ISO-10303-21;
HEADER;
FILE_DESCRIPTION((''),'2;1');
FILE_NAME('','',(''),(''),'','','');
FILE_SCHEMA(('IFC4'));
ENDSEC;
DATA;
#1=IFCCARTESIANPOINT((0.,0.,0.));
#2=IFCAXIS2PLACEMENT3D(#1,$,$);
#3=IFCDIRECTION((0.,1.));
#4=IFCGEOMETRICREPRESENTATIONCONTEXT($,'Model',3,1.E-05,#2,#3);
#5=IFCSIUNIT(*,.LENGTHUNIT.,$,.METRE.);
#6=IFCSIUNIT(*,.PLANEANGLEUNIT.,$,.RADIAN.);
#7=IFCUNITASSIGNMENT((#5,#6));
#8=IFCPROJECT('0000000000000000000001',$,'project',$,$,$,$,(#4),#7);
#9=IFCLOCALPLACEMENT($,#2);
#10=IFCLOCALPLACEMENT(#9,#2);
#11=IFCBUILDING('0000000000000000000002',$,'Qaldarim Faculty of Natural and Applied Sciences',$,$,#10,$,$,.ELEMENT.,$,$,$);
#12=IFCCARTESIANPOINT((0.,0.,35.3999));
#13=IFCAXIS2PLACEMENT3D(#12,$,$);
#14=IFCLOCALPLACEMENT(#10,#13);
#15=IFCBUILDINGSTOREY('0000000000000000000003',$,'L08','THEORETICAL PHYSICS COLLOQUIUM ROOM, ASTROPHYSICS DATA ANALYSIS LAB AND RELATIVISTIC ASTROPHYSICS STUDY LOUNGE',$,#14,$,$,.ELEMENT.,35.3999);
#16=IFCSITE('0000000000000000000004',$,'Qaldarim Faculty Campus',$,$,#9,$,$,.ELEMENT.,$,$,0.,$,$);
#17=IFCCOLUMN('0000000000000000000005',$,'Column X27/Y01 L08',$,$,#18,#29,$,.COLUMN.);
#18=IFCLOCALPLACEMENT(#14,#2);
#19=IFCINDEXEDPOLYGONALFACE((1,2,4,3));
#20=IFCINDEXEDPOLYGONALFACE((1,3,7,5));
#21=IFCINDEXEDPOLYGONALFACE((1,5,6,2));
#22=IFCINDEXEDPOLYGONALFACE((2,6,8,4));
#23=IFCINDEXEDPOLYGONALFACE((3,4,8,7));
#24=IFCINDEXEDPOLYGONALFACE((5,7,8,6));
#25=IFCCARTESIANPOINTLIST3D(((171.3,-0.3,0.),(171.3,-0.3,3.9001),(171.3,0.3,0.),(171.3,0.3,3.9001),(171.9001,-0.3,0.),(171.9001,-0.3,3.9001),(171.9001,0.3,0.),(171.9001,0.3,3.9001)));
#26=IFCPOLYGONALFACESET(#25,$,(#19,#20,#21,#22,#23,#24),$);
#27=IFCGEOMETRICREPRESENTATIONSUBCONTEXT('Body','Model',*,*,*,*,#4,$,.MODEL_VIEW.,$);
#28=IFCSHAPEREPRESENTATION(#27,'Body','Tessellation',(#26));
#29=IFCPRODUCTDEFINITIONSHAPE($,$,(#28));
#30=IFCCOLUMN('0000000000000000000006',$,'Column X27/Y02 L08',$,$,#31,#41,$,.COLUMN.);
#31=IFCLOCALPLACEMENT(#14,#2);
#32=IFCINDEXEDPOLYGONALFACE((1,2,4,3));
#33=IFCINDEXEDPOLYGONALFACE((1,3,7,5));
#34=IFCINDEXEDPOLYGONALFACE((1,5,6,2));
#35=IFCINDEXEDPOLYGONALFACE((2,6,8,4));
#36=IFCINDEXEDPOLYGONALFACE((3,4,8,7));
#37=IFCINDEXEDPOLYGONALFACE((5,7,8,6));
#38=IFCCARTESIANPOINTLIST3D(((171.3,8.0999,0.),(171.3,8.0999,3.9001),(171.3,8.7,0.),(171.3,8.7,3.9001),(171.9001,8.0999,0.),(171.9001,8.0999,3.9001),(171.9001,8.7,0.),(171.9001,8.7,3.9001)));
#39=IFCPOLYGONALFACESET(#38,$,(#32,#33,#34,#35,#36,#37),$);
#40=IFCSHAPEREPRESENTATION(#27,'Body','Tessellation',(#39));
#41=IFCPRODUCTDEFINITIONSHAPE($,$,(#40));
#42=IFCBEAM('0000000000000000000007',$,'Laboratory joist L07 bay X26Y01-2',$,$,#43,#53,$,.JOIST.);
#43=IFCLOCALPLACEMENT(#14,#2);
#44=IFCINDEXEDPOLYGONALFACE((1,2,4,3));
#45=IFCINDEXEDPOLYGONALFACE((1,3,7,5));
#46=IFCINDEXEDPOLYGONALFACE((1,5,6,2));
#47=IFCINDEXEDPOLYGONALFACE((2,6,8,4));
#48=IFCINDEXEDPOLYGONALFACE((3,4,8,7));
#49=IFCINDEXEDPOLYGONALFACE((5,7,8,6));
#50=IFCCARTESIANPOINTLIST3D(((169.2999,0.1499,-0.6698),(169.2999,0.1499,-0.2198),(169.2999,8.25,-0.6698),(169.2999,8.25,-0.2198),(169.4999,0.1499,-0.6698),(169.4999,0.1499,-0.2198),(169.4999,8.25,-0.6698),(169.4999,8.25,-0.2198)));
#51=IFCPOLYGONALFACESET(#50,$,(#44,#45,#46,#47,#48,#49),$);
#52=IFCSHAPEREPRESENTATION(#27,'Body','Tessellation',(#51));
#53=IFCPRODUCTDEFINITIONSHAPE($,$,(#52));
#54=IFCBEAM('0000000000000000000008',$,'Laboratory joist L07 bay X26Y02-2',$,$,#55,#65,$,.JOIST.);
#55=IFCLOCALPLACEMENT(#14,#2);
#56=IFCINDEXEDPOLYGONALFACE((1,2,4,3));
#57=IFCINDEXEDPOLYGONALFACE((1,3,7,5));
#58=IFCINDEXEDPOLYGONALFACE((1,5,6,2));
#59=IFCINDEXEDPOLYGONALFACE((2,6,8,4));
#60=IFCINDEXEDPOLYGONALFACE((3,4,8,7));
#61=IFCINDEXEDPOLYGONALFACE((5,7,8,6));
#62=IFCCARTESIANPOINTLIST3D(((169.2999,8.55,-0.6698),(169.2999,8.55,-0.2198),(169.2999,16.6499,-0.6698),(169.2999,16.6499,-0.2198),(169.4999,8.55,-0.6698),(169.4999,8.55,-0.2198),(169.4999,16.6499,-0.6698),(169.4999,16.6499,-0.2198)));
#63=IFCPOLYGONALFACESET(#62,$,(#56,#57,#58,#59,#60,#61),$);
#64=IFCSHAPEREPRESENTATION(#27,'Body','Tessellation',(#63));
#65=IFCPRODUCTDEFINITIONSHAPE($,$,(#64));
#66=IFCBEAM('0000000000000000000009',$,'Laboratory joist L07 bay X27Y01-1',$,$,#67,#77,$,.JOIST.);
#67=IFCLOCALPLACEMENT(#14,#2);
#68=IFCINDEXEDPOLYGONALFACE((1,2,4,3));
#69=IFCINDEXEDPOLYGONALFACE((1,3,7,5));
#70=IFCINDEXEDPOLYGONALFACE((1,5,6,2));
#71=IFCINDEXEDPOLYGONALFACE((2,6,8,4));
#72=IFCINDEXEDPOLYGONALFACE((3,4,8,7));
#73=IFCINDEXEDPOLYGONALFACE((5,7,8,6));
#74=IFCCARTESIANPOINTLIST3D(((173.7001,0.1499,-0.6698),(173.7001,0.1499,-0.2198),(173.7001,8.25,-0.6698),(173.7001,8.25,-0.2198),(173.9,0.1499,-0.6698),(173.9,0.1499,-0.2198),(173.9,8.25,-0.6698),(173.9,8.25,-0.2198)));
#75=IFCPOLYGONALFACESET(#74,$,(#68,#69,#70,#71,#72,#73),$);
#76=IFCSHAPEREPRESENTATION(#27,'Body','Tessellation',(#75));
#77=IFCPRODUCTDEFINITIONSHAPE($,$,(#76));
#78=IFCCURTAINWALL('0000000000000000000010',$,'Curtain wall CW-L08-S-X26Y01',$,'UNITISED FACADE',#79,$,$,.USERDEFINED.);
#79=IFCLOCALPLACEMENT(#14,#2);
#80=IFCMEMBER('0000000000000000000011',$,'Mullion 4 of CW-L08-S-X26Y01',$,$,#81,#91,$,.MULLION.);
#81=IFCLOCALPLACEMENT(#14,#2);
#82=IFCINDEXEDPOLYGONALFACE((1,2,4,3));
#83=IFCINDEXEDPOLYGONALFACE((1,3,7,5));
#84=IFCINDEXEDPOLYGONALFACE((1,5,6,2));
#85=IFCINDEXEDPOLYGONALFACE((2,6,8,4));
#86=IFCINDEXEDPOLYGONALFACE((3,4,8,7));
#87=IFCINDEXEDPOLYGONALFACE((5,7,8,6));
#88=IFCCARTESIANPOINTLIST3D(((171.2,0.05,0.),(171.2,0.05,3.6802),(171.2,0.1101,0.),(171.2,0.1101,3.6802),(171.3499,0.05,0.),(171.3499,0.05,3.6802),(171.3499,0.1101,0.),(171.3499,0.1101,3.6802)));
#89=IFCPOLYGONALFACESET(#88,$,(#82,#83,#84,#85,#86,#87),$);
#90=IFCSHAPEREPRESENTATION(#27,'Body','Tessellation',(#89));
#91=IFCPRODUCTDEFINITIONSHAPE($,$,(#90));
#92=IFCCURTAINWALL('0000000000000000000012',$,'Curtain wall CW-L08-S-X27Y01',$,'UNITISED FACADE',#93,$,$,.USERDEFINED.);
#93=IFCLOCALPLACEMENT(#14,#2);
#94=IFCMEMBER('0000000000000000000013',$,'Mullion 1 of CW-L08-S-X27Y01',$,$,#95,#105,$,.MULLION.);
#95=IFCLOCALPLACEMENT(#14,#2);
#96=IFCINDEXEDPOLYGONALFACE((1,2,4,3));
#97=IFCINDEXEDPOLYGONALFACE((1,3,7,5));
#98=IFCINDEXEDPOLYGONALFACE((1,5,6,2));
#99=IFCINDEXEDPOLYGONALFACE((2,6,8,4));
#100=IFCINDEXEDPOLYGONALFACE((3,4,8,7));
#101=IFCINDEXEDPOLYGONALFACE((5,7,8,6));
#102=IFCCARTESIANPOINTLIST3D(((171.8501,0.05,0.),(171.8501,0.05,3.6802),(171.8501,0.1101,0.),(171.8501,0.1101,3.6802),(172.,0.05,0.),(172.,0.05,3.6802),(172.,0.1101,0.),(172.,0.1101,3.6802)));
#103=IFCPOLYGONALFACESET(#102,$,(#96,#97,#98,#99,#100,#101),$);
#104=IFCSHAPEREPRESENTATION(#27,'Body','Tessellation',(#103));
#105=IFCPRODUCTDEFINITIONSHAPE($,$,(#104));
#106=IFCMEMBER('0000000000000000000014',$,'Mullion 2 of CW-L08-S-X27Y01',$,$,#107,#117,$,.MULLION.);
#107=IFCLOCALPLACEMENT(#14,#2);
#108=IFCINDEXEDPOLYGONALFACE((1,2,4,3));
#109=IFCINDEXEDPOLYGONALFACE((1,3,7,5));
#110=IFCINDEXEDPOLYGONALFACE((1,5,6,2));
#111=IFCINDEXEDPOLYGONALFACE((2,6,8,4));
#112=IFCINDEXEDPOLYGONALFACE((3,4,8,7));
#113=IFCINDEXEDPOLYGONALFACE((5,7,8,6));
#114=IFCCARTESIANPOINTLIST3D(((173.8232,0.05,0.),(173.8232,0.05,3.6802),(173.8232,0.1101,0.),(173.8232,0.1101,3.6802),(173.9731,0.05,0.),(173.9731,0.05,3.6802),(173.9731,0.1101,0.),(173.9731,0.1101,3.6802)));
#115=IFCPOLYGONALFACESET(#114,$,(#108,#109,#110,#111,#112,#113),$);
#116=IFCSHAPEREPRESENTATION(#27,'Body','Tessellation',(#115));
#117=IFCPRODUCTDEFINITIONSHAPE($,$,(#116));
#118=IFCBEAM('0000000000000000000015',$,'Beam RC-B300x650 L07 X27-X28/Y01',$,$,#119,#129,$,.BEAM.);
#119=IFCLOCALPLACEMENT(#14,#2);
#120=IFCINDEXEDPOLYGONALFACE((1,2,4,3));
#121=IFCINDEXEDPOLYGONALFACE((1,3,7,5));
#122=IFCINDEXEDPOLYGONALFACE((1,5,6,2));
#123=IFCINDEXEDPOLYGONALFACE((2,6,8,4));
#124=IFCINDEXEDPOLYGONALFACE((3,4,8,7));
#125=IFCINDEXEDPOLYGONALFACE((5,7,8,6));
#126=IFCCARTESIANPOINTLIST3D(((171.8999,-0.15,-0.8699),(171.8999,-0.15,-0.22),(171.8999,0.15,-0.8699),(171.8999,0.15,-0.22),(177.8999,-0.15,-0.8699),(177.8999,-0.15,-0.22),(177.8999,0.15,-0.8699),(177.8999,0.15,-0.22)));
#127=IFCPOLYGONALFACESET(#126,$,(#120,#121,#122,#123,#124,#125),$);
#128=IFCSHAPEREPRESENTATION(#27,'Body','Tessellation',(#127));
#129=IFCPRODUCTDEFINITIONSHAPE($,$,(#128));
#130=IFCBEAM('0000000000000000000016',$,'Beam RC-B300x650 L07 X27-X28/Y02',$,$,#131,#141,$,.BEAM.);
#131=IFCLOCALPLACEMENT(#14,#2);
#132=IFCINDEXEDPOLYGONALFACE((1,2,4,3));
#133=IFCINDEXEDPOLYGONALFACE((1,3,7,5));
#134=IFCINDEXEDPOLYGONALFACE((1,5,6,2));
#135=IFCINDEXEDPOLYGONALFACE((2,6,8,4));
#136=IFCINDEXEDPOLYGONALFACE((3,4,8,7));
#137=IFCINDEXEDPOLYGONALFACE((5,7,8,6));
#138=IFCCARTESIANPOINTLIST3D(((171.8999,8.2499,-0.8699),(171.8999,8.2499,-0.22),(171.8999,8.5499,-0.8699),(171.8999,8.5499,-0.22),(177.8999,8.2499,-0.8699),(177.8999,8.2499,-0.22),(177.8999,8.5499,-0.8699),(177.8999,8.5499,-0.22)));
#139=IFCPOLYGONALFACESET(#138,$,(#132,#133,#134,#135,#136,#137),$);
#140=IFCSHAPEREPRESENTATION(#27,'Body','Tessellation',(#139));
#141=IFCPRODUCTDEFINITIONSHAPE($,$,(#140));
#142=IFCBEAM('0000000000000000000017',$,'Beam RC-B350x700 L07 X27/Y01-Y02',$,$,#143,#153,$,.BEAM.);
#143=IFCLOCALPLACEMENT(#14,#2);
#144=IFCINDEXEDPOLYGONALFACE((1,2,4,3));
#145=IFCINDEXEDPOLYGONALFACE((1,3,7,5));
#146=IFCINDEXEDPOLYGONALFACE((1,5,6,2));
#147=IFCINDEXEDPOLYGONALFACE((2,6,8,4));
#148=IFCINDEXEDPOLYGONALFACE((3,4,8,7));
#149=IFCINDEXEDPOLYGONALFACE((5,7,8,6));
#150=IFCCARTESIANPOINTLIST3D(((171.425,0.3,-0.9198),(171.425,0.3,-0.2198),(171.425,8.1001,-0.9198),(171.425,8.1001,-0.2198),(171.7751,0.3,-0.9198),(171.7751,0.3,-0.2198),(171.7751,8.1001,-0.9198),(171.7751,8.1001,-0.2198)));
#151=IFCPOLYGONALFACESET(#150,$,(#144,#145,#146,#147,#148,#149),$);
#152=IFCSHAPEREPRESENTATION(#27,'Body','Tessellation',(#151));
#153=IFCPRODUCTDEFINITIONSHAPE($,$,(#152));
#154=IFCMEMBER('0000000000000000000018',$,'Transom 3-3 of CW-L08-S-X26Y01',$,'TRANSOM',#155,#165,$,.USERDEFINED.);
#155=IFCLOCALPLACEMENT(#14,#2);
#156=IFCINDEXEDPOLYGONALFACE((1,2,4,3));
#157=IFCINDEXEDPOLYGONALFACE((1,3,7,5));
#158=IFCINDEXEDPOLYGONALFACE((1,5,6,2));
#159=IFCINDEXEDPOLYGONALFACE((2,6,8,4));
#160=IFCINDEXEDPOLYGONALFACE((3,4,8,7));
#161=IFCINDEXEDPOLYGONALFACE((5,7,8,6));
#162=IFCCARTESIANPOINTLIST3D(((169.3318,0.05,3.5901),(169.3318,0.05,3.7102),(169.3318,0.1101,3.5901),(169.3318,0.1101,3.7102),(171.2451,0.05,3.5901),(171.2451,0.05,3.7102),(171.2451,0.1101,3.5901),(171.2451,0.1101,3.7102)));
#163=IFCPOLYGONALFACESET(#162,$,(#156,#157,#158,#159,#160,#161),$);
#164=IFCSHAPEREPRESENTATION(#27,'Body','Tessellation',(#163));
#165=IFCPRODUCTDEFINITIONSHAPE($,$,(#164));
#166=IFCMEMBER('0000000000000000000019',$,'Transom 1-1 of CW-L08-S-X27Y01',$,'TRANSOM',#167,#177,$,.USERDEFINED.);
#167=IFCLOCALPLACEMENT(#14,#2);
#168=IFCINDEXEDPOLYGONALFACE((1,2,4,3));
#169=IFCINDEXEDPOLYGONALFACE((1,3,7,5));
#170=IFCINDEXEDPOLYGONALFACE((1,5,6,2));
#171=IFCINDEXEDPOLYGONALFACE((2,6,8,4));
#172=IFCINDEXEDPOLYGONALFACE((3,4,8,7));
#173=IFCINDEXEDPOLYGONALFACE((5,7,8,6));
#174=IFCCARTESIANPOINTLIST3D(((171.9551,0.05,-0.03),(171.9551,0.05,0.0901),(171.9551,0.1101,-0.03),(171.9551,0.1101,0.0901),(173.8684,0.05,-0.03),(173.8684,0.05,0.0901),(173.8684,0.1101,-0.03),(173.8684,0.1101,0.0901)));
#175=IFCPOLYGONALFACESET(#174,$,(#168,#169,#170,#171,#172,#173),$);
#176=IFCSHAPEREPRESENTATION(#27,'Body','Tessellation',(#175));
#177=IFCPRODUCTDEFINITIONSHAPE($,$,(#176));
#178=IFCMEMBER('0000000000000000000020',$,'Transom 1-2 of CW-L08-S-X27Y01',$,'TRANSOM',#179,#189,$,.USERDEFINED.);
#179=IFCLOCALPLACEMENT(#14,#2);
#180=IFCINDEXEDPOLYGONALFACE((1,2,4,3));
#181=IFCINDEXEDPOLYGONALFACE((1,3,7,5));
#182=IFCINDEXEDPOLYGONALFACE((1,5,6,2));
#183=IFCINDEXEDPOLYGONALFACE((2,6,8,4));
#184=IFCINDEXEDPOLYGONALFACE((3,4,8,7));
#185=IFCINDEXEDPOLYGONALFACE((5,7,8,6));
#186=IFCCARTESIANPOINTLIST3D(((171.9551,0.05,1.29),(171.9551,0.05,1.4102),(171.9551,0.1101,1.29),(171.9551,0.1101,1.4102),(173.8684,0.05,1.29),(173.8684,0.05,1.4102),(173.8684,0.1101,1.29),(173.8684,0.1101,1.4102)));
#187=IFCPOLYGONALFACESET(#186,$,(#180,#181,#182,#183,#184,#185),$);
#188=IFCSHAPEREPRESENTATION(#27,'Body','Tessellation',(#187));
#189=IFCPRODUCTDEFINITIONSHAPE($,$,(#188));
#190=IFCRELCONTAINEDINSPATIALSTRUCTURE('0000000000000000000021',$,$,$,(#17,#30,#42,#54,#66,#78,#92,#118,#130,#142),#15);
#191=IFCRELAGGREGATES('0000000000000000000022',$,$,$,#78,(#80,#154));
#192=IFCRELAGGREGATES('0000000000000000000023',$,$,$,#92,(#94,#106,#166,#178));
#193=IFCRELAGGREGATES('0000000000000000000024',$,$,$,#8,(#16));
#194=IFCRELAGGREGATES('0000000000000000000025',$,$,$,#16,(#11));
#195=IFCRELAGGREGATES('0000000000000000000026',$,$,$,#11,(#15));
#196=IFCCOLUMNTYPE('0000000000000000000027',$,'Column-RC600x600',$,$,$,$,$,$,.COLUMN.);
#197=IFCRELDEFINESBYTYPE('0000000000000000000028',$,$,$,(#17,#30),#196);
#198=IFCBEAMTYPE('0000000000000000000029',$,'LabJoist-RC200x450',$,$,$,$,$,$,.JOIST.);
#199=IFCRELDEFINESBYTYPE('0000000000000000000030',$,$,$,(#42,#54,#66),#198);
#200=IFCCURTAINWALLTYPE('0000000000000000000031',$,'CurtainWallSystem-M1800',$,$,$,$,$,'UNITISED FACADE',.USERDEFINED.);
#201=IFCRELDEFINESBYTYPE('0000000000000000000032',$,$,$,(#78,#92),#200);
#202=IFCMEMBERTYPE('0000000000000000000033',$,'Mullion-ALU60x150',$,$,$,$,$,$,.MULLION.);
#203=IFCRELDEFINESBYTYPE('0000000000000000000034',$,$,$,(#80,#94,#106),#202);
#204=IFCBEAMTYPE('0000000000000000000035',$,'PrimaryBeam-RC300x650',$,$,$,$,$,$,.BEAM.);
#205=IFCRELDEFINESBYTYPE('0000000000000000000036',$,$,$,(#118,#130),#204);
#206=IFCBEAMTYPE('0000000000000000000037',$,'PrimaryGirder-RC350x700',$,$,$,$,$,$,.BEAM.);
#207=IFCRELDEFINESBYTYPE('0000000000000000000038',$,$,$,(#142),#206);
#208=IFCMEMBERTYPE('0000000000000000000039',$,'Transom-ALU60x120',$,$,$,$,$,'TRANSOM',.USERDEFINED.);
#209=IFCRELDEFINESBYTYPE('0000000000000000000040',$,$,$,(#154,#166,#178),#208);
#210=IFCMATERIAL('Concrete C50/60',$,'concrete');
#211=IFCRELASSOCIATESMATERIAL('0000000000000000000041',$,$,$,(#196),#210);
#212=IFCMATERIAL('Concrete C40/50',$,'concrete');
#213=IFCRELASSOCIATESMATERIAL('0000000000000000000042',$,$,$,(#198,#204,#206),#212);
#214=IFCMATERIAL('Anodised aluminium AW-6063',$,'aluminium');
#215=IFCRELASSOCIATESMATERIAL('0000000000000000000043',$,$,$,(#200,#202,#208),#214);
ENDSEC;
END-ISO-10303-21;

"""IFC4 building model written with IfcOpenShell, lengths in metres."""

from ifc_helpers import new_model, si_unit, direction, frame, origin, origin_2d, place, context, subcontext, project, spatial, rectangle, extrude, material, material_profile, profile_set, type_object, element, aggregate, save


model = new_model("IFC4")

# Units and contexts
model_context = context("Model", 3, precision=1e-05, world=origin(), true_north=direction((0.0, 1.0)))
body_context = subcontext(model_context, "Body", "Model", "MODEL_VIEW")
ifc_project = project(units=[si_unit("LENGTHUNIT", "METRE"), si_unit("PLANEANGLEUNIT", "RADIAN")], contexts=[model_context])

# Site, building, storey
site_placement = place(None, origin())
site = spatial("IfcSite", under=ifc_project, at=site_placement, Name="Qaldarim Faculty Campus", CompositionType="ELEMENT", RefElevation=0.0)
building_placement = place(site_placement, origin())
building = spatial("IfcBuilding", under=site, at=building_placement, Name="Qaldarim Faculty of Natural and Applied Sciences", CompositionType="ELEMENT")
storey_placement = place(building_placement, frame((0.0, 0.0, 35.3999)))
storey = spatial("IfcBuildingStorey", under=building, at=storey_placement, Name="L08", Description="THEORETICAL PHYSICS COLLOQUIUM ROOM, ASTROPHYSICS DATA ANALYSIS LAB AND RELATIVISTIC ASTROPHYSICS STUDY LOUNGE", CompositionType="ELEMENT", Elevation=35.3999)

# Columns
ifc_material_1 = material(Name="Concrete C50/60", Category="concrete")
ifc_material_profile_1 = material_profile(ifc_material_1, rectangle(XDim=0.6001, YDim=0.6001, at=origin_2d()), Name="RC-C600x600")
ifc_profile_set_1 = profile_set([ifc_material_profile_1], Name="Concrete C50/60")
column_type = type_object("IfcColumnType", Name="Column-RC600x600", PredefinedType="COLUMN", material=ifc_profile_set_1)
for number, where, z_axis, x_axis, name in (
    (1, (171.6001, 0.0, 0.0), (0.0, 0.0, 1.0), (1.0, 0.0, 0.0), "Column X27/Y01 L08"),
    (2, (171.6001, 8.3999, 0.0), (0.0, 0.0, 1.0), (1.0, 0.0, 0.0), "Column X27/Y02 L08"),
):
    element("IfcColumn", number, at=place(storey_placement, frame(where, z_axis=z_axis, x_axis=x_axis)), inside=storey, type_object=column_type, Name=name, PredefinedType="COLUMN", context=body_context, shape_type="SweptSolid", body=[
        extrude(rectangle(XDim=0.6001, YDim=0.6001, at=origin_2d()), origin(), (0.0, 0.0, 1.0), 3.9001),
    ])

# Beams
ifc_material_2 = material(Name="Concrete C40/50", Category="concrete")
ifc_material_profile_2 = material_profile(ifc_material_2, rectangle(XDim=0.2, YDim=0.45, at=origin_2d()), Name="RC-J200x450")
ifc_profile_set_2 = profile_set([ifc_material_profile_2], Name="Concrete C40/50")
beam_type_1 = type_object("IfcBeamType", Name="LabJoist-RC200x450", PredefinedType="JOIST", material=ifc_profile_set_2)
beam_1_placement = place(storey_placement, frame((169.3999, 0.1499, -0.4448), z_axis=(0.0, 1.0, 0.0), x_axis=(-1.0, 0.0, 0.0)))
element("IfcBeam", 3, at=beam_1_placement, inside=storey, type_object=beam_type_1, Name="Laboratory joist L07 bay X26Y01-2", PredefinedType="JOIST", context=body_context, shape_type="SweptSolid", body=[
    extrude(rectangle(XDim=0.2, YDim=0.45, at=origin_2d()), origin(), (0.0, 0.0, 1.0), 8.1001),
])
beam_2_placement = place(storey_placement, frame((169.3999, 8.55, -0.4448), z_axis=(0.0, 1.0, 0.0), x_axis=(-1.0, 0.0, 0.0)))
element("IfcBeam", 4, at=beam_2_placement, inside=storey, type_object=beam_type_1, Name="Laboratory joist L07 bay X26Y02-2", PredefinedType="JOIST", context=body_context, shape_type="SweptSolid", body=[
    extrude(rectangle(XDim=0.2, YDim=0.45, at=origin_2d()), origin(), (0.0, 0.0, 1.0), 8.0999),
])
beam_3_placement = place(storey_placement, frame((173.8, 0.1499, -0.4448), z_axis=(0.0, 1.0, 0.0), x_axis=(-1.0, 0.0, 0.0)))
element("IfcBeam", 5, at=beam_3_placement, inside=storey, type_object=beam_type_1, Name="Laboratory joist L07 bay X27Y01-1", PredefinedType="JOIST", context=body_context, shape_type="SweptSolid", body=[
    extrude(rectangle(XDim=0.2, YDim=0.45, at=origin_2d()), origin(), (0.0, 0.0, 1.0), 8.1001),
])

# Curtain wall, member
ifc_material_3 = material(Name="Anodised aluminium AW-6063", Category="aluminium")
curtain_wall_type = type_object("IfcCurtainWallType", Name="CurtainWallSystem-M1800", ElementType="UNITISED FACADE", PredefinedType="USERDEFINED", material=ifc_material_3)
curtain_wall_1_placement = place(storey_placement, origin())
curtain_wall_1 = element("IfcCurtainWall", 6, at=curtain_wall_1_placement, inside=storey, type_object=curtain_wall_type, Name="Curtain wall CW-L08-S-X26Y01", ObjectType="UNITISED FACADE", PredefinedType="USERDEFINED")
ifc_material_profile_3 = material_profile(ifc_material_3, rectangle(XDim=0.0601, YDim=0.1499, at=origin_2d()), Name="ALU-M60x150")
ifc_profile_set_3 = profile_set([ifc_material_profile_3], Name="Anodised aluminium AW-6063")
member_type_1 = type_object("IfcMemberType", Name="Mullion-ALU60x150", PredefinedType="MULLION", material=ifc_profile_set_3)
member_1_placement = place(storey_placement, frame((171.2749, 0.0801, 0.0), z_axis=(0.0, 0.0, 1.0), x_axis=(0.0, 1.0, 0.0)))
member_1 = element("IfcMember", 7, at=member_1_placement, type_object=member_type_1, Name="Mullion 4 of CW-L08-S-X26Y01", PredefinedType="MULLION", context=body_context, shape_type="SweptSolid", body=[
    extrude(rectangle(XDim=0.0601, YDim=0.1499, at=origin_2d()), origin(), (0.0, 0.0, 1.0), 3.6802),
])

# Curtain wall, members
curtain_wall_2_placement = place(storey_placement, origin())
curtain_wall_2 = element("IfcCurtainWall", 8, at=curtain_wall_2_placement, inside=storey, type_object=curtain_wall_type, Name="Curtain wall CW-L08-S-X27Y01", ObjectType="UNITISED FACADE", PredefinedType="USERDEFINED")
member_2_placement = place(storey_placement, frame((171.925, 0.0801, 0.0), z_axis=(0.0, 0.0, 1.0), x_axis=(0.0, 1.0, 0.0)))
member_2 = element("IfcMember", 9, at=member_2_placement, type_object=member_type_1, Name="Mullion 1 of CW-L08-S-X27Y01", PredefinedType="MULLION", context=body_context, shape_type="SweptSolid", body=[
    extrude(rectangle(XDim=0.0601, YDim=0.1499, at=origin_2d()), origin(), (0.0, 0.0, 1.0), 3.6802),
])
member_3_placement = place(storey_placement, frame((173.8982, 0.0801, 0.0), z_axis=(0.0, 0.0, 1.0), x_axis=(0.0, 1.0, 0.0)))
member_3 = element("IfcMember", 10, at=member_3_placement, type_object=member_type_1, Name="Mullion 2 of CW-L08-S-X27Y01", PredefinedType="MULLION", context=body_context, shape_type="SweptSolid", body=[
    extrude(rectangle(XDim=0.0601, YDim=0.1499, at=origin_2d()), origin(), (0.0, 0.0, 1.0), 3.6802),
])

# Beams
ifc_material_profile_4 = material_profile(ifc_material_2, rectangle(XDim=0.3, YDim=0.6499, at=origin_2d()), Name="RC-B300x650")
ifc_profile_set_4 = profile_set([ifc_material_profile_4], Name="Concrete C40/50")
beam_type_2 = type_object("IfcBeamType", Name="PrimaryBeam-RC300x650", PredefinedType="BEAM", material=ifc_profile_set_4)
for number, where, z_axis, x_axis, name in (
    (11, (171.8999, 0.0, -0.5449), (1.0, 0.0, 0.0), (0.0, 1.0, 0.0), "Beam RC-B300x650 L07 X27-X28/Y01"),
    (12, (171.8999, 8.3999, -0.5449), (1.0, 0.0, 0.0), (0.0, 1.0, 0.0), "Beam RC-B300x650 L07 X27-X28/Y02"),
):
    element("IfcBeam", number, at=place(storey_placement, frame(where, z_axis=z_axis, x_axis=x_axis)), inside=storey, type_object=beam_type_2, Name=name, PredefinedType="BEAM", context=body_context, shape_type="SweptSolid", body=[
        extrude(rectangle(XDim=0.3, YDim=0.6499, at=origin_2d()), origin(), (0.0, 0.0, 1.0), 6.0),
    ])
ifc_material_profile_5 = material_profile(ifc_material_2, rectangle(XDim=0.3501, YDim=0.7, at=origin_2d()), Name="RC-B350x700")
ifc_profile_set_5 = profile_set([ifc_material_profile_5], Name="Concrete C40/50")
beam_type_3 = type_object("IfcBeamType", Name="PrimaryGirder-RC350x700", PredefinedType="BEAM", material=ifc_profile_set_5)
beam_4_placement = place(storey_placement, frame((171.6001, 0.3, -0.5698), z_axis=(0.0, 1.0, 0.0), x_axis=(-1.0, 0.0, 0.0)))
element("IfcBeam", 13, at=beam_4_placement, inside=storey, type_object=beam_type_3, Name="Beam RC-B350x700 L07 X27/Y01-Y02", PredefinedType="BEAM", context=body_context, shape_type="SweptSolid", body=[
    extrude(rectangle(XDim=0.3501, YDim=0.7, at=origin_2d()), origin(), (0.0, 0.0, 1.0), 7.8),
])

# Members
ifc_material_profile_6 = material_profile(ifc_material_3, rectangle(XDim=0.0601, YDim=0.1201, at=origin_2d()), Name="ALU-T60x120")
ifc_profile_set_6 = profile_set([ifc_material_profile_6], Name="Anodised aluminium AW-6063")
member_type_2 = type_object("IfcMemberType", Name="Transom-ALU60x120", ElementType="TRANSOM", PredefinedType="USERDEFINED", material=ifc_profile_set_6)
member_4_placement = place(storey_placement, frame((169.3318, 0.0801, 3.6501), z_axis=(1.0, 0.0, 0.0), x_axis=(0.0, 1.0, 0.0)))
member_4 = element("IfcMember", 14, at=member_4_placement, type_object=member_type_2, Name="Transom 3-3 of CW-L08-S-X26Y01", ObjectType="TRANSOM", PredefinedType="USERDEFINED", context=body_context, shape_type="SweptSolid", body=[
    extrude(rectangle(XDim=0.0601, YDim=0.1201, at=origin_2d()), origin(), (0.0, 0.0, 1.0), 1.9133),
])
member_5_placement = place(storey_placement, frame((171.9551, 0.0801, 0.03), z_axis=(1.0, 0.0, 0.0), x_axis=(0.0, 1.0, 0.0)))
member_5 = element("IfcMember", 15, at=member_5_placement, type_object=member_type_2, Name="Transom 1-1 of CW-L08-S-X27Y01", ObjectType="TRANSOM", PredefinedType="USERDEFINED", context=body_context, shape_type="SweptSolid", body=[
    extrude(rectangle(XDim=0.0601, YDim=0.1201, at=origin_2d()), origin(), (0.0, 0.0, 1.0), 1.9133),
])
member_6_placement = place(storey_placement, frame((171.9551, 0.0801, 1.3501), z_axis=(1.0, 0.0, 0.0), x_axis=(0.0, 1.0, 0.0)))
member_6 = element("IfcMember", 16, at=member_6_placement, type_object=member_type_2, Name="Transom 1-2 of CW-L08-S-X27Y01", ObjectType="TRANSOM", PredefinedType="USERDEFINED", context=body_context, shape_type="SweptSolid", body=[
    extrude(rectangle(XDim=0.0601, YDim=0.1201, at=origin_2d()), origin(), (0.0, 0.0, 1.0), 1.9133),
])

aggregate(curtain_wall_1, [member_1, member_4])
aggregate(curtain_wall_2, [member_2, member_3, member_5, member_6])

save(model, "model.ifc")
